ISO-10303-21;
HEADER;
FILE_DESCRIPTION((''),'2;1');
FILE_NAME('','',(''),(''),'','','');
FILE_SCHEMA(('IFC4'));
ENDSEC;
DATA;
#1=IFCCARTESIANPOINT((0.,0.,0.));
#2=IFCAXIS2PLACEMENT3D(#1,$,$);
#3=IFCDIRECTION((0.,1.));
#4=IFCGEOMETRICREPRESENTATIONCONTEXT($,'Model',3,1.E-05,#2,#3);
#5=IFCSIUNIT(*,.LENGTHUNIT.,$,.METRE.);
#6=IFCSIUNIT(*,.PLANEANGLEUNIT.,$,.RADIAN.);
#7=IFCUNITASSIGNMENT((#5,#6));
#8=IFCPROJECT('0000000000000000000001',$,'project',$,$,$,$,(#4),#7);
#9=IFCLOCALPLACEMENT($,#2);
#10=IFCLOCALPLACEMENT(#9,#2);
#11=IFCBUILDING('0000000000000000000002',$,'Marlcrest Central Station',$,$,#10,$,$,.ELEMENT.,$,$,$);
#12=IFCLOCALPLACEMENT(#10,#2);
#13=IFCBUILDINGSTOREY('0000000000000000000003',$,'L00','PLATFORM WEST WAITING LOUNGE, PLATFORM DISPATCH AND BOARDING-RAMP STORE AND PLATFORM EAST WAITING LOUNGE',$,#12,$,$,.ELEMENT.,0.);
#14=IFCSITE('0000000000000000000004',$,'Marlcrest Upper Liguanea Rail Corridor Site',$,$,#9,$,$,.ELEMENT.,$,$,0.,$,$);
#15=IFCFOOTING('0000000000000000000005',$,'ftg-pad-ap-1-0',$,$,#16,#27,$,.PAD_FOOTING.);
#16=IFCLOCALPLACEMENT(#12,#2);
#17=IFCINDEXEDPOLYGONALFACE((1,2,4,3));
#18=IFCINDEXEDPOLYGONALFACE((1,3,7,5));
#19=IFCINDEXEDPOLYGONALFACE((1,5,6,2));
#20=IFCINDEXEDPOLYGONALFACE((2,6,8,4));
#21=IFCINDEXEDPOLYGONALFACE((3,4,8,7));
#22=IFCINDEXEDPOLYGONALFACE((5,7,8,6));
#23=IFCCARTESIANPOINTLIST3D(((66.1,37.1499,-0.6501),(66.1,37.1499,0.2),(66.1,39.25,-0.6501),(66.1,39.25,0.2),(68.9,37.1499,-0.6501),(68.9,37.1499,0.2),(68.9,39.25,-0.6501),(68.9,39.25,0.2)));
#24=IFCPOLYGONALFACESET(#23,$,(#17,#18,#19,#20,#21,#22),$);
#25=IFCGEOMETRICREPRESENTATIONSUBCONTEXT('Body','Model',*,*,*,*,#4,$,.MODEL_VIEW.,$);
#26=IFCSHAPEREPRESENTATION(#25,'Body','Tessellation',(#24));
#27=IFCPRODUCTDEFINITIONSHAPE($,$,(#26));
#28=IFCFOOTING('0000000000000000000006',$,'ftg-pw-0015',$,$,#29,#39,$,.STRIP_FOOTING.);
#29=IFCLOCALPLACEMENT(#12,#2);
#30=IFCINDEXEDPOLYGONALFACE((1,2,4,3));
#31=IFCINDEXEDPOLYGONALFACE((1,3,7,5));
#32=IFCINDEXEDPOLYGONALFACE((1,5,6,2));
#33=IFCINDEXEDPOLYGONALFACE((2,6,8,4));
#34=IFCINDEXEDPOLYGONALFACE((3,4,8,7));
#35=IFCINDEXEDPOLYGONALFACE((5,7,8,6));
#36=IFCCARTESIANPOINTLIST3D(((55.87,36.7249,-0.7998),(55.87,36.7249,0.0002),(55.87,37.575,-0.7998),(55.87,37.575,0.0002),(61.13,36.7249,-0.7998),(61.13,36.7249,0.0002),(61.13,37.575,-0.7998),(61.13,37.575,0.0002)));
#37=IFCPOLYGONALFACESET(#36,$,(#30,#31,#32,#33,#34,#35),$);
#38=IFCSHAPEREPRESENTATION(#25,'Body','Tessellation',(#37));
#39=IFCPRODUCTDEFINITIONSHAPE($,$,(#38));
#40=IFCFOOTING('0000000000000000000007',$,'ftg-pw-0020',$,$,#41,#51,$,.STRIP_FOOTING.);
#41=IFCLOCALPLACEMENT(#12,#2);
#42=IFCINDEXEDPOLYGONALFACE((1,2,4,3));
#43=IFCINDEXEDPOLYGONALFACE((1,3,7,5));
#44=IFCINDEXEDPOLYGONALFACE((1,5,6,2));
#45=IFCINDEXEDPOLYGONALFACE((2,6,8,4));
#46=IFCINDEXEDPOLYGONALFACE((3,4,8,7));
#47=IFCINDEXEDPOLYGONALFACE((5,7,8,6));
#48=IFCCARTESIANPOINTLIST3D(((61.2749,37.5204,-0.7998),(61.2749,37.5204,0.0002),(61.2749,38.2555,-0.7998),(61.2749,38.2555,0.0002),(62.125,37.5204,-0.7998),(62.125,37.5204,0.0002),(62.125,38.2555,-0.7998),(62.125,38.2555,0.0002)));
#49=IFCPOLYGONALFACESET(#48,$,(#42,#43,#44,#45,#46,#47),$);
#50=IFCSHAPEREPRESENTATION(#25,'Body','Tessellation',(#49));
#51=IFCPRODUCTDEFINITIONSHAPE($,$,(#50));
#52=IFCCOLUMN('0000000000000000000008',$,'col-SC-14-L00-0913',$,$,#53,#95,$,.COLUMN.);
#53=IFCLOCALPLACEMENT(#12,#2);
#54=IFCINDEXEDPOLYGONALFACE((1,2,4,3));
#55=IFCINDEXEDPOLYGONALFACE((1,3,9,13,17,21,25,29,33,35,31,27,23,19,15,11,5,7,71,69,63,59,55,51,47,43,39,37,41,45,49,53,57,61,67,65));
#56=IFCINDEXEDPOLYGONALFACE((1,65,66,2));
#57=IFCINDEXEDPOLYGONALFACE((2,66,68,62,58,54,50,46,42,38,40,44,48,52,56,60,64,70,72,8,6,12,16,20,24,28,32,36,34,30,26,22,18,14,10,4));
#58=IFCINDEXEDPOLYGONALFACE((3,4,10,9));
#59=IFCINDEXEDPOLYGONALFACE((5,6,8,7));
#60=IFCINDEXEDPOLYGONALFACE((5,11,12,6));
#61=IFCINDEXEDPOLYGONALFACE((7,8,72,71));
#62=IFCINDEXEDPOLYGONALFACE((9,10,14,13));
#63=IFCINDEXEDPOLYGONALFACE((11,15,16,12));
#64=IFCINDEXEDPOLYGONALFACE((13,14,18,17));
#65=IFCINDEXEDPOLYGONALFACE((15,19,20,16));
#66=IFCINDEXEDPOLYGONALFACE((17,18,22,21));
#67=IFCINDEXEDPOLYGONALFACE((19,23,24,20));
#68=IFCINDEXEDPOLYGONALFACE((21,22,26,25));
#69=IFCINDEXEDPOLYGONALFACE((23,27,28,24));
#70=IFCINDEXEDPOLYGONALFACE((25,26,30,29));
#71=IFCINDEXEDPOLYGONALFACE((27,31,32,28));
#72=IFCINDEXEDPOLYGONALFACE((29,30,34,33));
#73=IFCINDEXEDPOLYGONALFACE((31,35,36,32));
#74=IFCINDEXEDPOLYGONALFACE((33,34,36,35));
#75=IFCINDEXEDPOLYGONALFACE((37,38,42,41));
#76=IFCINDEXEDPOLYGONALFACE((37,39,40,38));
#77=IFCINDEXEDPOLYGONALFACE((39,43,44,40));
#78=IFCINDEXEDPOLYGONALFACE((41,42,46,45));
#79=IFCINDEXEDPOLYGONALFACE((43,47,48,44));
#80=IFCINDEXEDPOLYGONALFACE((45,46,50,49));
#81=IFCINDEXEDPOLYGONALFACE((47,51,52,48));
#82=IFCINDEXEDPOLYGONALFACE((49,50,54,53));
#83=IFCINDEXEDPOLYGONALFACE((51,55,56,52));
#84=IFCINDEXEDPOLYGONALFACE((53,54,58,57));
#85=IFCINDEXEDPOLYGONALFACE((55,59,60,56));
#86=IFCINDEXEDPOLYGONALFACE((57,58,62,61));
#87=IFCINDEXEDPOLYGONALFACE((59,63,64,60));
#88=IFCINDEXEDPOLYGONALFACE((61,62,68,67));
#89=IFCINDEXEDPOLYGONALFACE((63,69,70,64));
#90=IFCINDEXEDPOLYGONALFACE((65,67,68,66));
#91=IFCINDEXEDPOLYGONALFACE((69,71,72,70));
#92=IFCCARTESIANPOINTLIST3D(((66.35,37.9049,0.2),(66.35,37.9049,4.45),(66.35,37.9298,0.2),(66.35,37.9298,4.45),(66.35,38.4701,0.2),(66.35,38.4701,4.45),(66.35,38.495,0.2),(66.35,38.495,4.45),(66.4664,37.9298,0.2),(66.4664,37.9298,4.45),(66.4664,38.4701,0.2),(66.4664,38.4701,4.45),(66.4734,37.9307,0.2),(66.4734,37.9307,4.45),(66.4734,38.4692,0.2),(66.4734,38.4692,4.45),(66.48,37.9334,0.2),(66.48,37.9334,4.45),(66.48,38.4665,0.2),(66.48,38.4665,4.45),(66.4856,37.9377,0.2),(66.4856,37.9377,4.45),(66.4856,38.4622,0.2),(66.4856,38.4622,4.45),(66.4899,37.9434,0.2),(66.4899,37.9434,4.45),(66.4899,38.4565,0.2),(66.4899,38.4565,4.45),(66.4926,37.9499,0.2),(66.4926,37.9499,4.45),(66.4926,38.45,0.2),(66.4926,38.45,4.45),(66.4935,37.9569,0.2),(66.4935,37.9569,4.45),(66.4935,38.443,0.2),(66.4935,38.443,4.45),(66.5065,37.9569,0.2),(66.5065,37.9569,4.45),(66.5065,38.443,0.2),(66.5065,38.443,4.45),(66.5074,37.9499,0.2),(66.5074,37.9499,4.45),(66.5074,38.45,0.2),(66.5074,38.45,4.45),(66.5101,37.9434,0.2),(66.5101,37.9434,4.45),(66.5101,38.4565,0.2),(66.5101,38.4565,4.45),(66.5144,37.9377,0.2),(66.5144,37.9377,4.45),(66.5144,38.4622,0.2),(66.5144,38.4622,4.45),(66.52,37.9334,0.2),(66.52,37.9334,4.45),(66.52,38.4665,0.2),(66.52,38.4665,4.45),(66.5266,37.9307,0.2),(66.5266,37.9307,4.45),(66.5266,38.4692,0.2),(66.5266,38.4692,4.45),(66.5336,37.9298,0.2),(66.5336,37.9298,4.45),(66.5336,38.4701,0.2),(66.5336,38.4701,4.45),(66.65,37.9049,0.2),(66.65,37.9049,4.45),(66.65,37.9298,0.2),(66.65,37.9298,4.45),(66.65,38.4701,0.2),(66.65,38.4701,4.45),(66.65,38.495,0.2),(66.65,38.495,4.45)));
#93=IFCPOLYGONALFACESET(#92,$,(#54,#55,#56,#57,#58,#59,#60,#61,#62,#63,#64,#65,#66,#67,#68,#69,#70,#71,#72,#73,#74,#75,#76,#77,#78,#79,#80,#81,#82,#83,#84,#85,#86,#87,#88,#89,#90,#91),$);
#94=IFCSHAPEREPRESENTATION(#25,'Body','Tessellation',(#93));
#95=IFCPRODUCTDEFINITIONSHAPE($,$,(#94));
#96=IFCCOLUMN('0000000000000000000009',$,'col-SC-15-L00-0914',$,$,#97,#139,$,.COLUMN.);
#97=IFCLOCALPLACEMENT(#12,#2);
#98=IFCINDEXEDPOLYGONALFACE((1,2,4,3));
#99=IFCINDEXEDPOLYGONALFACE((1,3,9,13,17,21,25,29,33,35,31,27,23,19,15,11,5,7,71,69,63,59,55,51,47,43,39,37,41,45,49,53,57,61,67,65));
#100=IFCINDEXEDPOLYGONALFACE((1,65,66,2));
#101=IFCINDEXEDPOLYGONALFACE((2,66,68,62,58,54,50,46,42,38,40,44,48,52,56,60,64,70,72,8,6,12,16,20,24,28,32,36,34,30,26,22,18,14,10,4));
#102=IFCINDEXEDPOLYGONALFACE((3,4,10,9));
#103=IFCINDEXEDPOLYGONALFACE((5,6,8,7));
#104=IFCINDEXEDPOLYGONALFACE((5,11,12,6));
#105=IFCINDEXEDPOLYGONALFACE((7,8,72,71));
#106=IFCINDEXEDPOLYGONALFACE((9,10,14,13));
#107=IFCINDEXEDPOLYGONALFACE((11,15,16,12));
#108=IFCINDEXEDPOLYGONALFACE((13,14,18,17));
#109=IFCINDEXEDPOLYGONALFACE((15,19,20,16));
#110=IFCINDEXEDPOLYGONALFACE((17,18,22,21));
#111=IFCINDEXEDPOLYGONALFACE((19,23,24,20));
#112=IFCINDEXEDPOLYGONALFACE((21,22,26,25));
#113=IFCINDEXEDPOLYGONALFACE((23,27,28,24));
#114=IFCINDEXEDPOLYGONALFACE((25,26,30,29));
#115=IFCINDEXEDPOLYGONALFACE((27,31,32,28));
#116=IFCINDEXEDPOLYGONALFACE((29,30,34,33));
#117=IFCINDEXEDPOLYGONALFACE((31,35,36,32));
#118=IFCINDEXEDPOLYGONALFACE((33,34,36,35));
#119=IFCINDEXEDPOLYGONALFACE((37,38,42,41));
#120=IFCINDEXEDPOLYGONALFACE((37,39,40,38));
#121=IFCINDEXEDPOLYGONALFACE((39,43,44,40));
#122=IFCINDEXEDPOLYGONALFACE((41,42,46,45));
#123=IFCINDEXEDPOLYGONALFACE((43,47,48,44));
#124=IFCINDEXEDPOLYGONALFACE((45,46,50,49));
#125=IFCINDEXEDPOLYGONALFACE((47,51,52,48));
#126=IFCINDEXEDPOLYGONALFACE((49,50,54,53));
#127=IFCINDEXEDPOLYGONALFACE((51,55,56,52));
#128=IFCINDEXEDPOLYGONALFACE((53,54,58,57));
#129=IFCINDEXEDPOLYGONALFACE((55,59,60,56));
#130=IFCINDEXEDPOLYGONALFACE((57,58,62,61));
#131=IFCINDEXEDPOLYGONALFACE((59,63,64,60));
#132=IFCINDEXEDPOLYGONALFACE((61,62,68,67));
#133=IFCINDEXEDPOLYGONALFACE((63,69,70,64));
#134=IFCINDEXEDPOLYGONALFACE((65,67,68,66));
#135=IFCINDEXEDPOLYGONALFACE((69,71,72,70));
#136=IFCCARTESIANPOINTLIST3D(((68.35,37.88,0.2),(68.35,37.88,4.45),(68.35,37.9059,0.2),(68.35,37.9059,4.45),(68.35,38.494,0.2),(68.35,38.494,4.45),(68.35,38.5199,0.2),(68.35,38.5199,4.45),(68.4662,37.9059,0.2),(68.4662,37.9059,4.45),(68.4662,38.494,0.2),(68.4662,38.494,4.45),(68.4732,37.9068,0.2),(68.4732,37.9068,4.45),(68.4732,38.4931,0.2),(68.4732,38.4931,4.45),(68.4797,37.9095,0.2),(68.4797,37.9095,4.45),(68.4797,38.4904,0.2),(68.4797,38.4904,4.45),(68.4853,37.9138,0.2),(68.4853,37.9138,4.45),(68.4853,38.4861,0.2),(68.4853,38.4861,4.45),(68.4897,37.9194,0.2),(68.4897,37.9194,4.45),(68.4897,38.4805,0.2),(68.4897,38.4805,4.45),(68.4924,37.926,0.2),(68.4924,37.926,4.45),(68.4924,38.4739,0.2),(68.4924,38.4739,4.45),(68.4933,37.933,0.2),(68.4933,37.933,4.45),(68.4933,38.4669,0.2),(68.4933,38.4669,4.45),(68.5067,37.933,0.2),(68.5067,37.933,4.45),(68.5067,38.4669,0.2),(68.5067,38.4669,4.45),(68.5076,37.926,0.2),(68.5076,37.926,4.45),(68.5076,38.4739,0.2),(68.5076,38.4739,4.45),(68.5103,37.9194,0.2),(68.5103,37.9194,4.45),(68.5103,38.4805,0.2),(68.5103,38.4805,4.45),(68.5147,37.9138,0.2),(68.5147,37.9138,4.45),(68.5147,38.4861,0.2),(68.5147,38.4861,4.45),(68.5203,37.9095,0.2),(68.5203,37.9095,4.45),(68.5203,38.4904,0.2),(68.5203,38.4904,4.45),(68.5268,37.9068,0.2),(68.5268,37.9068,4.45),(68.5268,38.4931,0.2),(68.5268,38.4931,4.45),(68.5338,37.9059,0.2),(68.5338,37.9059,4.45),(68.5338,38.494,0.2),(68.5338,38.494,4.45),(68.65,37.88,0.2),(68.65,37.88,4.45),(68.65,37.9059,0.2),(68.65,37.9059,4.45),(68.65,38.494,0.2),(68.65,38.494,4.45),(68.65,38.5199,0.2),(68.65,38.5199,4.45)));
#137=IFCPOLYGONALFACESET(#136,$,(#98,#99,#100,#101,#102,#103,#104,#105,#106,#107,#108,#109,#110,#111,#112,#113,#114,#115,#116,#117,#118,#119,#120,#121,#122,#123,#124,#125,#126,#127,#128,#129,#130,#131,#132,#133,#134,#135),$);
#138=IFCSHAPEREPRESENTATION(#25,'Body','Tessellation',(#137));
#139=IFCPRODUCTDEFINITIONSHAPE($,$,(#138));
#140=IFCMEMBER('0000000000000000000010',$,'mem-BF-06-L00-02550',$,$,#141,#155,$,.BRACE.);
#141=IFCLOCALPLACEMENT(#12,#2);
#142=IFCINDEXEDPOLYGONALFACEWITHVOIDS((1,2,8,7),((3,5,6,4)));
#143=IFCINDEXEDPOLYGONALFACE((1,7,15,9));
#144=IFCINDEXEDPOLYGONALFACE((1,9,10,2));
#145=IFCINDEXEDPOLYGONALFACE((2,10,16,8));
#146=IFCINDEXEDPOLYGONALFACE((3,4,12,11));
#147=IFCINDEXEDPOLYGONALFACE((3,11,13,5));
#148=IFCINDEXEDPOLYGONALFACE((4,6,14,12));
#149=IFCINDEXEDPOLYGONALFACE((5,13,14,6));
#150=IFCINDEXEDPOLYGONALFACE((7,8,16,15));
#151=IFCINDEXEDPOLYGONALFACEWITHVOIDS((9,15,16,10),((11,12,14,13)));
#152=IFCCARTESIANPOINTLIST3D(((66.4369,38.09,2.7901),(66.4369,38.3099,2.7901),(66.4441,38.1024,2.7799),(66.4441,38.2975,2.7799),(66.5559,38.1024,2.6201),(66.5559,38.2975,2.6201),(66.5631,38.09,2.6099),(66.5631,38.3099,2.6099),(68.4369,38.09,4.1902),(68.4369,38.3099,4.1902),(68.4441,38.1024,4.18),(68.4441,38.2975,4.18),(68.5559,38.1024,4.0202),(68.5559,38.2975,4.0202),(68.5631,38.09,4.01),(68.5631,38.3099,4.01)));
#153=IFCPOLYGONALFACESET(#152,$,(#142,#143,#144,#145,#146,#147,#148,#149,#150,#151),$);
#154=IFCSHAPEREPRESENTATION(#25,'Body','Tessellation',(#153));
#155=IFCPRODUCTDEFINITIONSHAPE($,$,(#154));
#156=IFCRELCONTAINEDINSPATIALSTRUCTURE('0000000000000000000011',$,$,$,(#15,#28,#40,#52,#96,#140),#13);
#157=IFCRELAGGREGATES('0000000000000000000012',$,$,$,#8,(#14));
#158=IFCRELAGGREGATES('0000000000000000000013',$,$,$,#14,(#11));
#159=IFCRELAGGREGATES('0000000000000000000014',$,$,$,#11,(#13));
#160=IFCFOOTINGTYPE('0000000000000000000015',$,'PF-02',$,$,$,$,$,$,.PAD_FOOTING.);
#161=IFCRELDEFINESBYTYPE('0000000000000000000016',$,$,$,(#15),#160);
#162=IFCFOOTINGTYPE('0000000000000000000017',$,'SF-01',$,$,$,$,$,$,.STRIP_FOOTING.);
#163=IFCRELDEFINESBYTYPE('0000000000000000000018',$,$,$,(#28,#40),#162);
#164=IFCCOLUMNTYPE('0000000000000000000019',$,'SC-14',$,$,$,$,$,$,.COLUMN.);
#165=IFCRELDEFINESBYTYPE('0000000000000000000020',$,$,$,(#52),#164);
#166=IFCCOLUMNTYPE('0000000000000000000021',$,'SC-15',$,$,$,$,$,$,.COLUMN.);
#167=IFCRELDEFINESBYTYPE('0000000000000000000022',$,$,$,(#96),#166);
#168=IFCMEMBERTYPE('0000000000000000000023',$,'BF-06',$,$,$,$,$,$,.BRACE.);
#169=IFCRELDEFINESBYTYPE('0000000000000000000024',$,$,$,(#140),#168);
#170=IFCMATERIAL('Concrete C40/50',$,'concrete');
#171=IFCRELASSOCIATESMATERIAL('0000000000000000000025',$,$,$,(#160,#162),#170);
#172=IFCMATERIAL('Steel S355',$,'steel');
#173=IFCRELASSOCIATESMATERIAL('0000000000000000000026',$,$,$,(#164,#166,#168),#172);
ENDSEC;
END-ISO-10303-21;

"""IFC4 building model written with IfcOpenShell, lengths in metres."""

from ifc_helpers import new_model, si_unit, direction, frame, origin, origin_2d, place, context, subcontext, project, spatial, rectangle, hollow_rectangle, i_section, extrude, material, material_profile, profile_set, type_object, element, save


model = new_model("IFC4")

# Units and contexts
model_context = context("Model", 3, precision=1e-05, world=origin(), true_north=direction((0.0, 1.0)))
body_context = subcontext(model_context, "Body", "Model", "MODEL_VIEW")
ifc_project = project(units=[si_unit("LENGTHUNIT", "METRE"), si_unit("PLANEANGLEUNIT", "RADIAN")], contexts=[model_context])

# Site, building, storey
site_placement = place(None, origin())
site = spatial("IfcSite", under=ifc_project, at=site_placement, Name="Marlcrest Upper Liguanea Rail Corridor Site", CompositionType="ELEMENT", RefElevation=0.0)
building_placement = place(site_placement, origin())
building = spatial("IfcBuilding", under=site, at=building_placement, Name="Marlcrest Central Station", CompositionType="ELEMENT")
storey_placement = place(building_placement, origin())
storey = spatial("IfcBuildingStorey", under=building, at=storey_placement, Name="L00", Description="PLATFORM WEST WAITING LOUNGE, PLATFORM DISPATCH AND BOARDING-RAMP STORE AND PLATFORM EAST WAITING LOUNGE", CompositionType="ELEMENT", Elevation=0.0)

# Footings
ifc_material_1 = material(Name="Concrete C40/50", Category="concrete")
footing_type_1 = type_object("IfcFootingType", Name="PF-02", PredefinedType="PAD_FOOTING", material=ifc_material_1)
footing_1_placement = place(storey_placement, frame((67.5, 38.2, -0.6501), z_axis=(0.0, 0.0, 1.0), x_axis=(1.0, 0.0, 0.0)))
element("IfcFooting", 1, at=footing_1_placement, inside=storey, type_object=footing_type_1, Name="ftg-pad-ap-1-0", PredefinedType="PAD_FOOTING", context=body_context, shape_type="SweptSolid", body=[
    extrude(rectangle(XDim=2.8, YDim=2.1001, at=origin_2d()), origin(), (0.0, 0.0, 1.0), 0.8501),
])
footing_type_2 = type_object("IfcFootingType", Name="SF-01", PredefinedType="STRIP_FOOTING", material=ifc_material_1)
footing_2_placement = place(storey_placement, frame((58.5, 37.1499, -0.7998), z_axis=(0.0, 0.0, 1.0), x_axis=(1.0, 0.0, 0.0)))
element("IfcFooting", 2, at=footing_2_placement, inside=storey, type_object=footing_type_2, Name="ftg-pw-0015", PredefinedType="STRIP_FOOTING", context=body_context, shape_type="SweptSolid", body=[
    extrude(rectangle(XDim=5.26, YDim=0.8501, at=origin_2d()), origin(), (0.0, 0.0, 1.0), 0.8),
])
footing_3_placement = place(storey_placement, frame((61.7, 37.8879, -0.7998), z_axis=(0.0, 0.0, 1.0), x_axis=(1.0, 0.0, 0.0)))
element("IfcFooting", 3, at=footing_3_placement, inside=storey, type_object=footing_type_2, Name="ftg-pw-0020", PredefinedType="STRIP_FOOTING", context=body_context, shape_type="SweptSolid", body=[
    extrude(rectangle(XDim=0.8501, YDim=0.7351, at=origin_2d()), origin(), (0.0, 0.0, 1.0), 0.8),
])

# Columns
ifc_material_2 = material(Name="Steel S355", Category="steel")
ifc_material_profile_1 = material_profile(ifc_material_2, i_section(OverallWidth=0.3, OverallDepth=0.5901, WebThickness=0.0129, FlangeThickness=0.0249, FilletRadius=0.0271, at=origin_2d()), Name="HEA 600")
ifc_profile_set_1 = profile_set([ifc_material_profile_1], Name="Steel S355")
column_type_1 = type_object("IfcColumnType", Name="SC-14", PredefinedType="COLUMN", material=ifc_profile_set_1)
column_1_placement = place(storey_placement, frame((66.5, 38.2, 0.2), z_axis=(0.0, 0.0, 1.0), x_axis=(1.0, 0.0, 0.0)))
element("IfcColumn", 4, at=column_1_placement, inside=storey, type_object=column_type_1, Name="col-SC-14-L00-0913", PredefinedType="COLUMN", context=body_context, shape_type="SweptSolid", body=[
    extrude(i_section(OverallWidth=0.3, OverallDepth=0.5901, WebThickness=0.0129, FlangeThickness=0.0249, FilletRadius=0.0271, at=origin_2d()), origin(), (0.0, 0.0, 1.0), 4.25),
])
ifc_material_profile_2 = material_profile(ifc_material_2, i_section(OverallWidth=0.3, OverallDepth=0.6399, WebThickness=0.0134, FlangeThickness=0.0259, FilletRadius=0.0271, at=origin_2d()), Name="HEA 650")
ifc_profile_set_2 = profile_set([ifc_material_profile_2], Name="Steel S355")
column_type_2 = type_object("IfcColumnType", Name="SC-15", PredefinedType="COLUMN", material=ifc_profile_set_2)
column_2_placement = place(storey_placement, frame((68.5, 38.2, 0.2), z_axis=(0.0, 0.0, 1.0), x_axis=(1.0, 0.0, 0.0)))
element("IfcColumn", 5, at=column_2_placement, inside=storey, type_object=column_type_2, Name="col-SC-15-L00-0914", PredefinedType="COLUMN", context=body_context, shape_type="SweptSolid", body=[
    extrude(i_section(OverallWidth=0.3, OverallDepth=0.6399, WebThickness=0.0134, FlangeThickness=0.0259, FilletRadius=0.0271, at=origin_2d()), origin(), (0.0, 0.0, 1.0), 4.25),
])

# Member
ifc_material_profile_3 = material_profile(ifc_material_2, hollow_rectangle(XDim=0.22, YDim=0.22, WallThickness=0.0125, at=origin_2d()), Name="SHS 220x220x12.5")
ifc_profile_set_3 = profile_set([ifc_material_profile_3], Name="Steel S355")
member_type = type_object("IfcMemberType", Name="BF-06", PredefinedType="BRACE", material=ifc_profile_set_3)
member_placement = place(storey_placement, frame((66.5, 38.2, 2.7), z_axis=(0.819204, 0.0, 0.573503), x_axis=(0.0, 1.0, 0.0)))
element("IfcMember", 6, at=member_placement, inside=storey, type_object=member_type, Name="mem-BF-06-L00-02550", PredefinedType="BRACE", context=body_context, shape_type="SweptSolid", body=[
    extrude(hollow_rectangle(XDim=0.22, YDim=0.22, WallThickness=0.0125, at=origin_2d()), origin(), (0.0, 0.0, 1.0), 2.4414),
])

save(model, "model.ifc")
